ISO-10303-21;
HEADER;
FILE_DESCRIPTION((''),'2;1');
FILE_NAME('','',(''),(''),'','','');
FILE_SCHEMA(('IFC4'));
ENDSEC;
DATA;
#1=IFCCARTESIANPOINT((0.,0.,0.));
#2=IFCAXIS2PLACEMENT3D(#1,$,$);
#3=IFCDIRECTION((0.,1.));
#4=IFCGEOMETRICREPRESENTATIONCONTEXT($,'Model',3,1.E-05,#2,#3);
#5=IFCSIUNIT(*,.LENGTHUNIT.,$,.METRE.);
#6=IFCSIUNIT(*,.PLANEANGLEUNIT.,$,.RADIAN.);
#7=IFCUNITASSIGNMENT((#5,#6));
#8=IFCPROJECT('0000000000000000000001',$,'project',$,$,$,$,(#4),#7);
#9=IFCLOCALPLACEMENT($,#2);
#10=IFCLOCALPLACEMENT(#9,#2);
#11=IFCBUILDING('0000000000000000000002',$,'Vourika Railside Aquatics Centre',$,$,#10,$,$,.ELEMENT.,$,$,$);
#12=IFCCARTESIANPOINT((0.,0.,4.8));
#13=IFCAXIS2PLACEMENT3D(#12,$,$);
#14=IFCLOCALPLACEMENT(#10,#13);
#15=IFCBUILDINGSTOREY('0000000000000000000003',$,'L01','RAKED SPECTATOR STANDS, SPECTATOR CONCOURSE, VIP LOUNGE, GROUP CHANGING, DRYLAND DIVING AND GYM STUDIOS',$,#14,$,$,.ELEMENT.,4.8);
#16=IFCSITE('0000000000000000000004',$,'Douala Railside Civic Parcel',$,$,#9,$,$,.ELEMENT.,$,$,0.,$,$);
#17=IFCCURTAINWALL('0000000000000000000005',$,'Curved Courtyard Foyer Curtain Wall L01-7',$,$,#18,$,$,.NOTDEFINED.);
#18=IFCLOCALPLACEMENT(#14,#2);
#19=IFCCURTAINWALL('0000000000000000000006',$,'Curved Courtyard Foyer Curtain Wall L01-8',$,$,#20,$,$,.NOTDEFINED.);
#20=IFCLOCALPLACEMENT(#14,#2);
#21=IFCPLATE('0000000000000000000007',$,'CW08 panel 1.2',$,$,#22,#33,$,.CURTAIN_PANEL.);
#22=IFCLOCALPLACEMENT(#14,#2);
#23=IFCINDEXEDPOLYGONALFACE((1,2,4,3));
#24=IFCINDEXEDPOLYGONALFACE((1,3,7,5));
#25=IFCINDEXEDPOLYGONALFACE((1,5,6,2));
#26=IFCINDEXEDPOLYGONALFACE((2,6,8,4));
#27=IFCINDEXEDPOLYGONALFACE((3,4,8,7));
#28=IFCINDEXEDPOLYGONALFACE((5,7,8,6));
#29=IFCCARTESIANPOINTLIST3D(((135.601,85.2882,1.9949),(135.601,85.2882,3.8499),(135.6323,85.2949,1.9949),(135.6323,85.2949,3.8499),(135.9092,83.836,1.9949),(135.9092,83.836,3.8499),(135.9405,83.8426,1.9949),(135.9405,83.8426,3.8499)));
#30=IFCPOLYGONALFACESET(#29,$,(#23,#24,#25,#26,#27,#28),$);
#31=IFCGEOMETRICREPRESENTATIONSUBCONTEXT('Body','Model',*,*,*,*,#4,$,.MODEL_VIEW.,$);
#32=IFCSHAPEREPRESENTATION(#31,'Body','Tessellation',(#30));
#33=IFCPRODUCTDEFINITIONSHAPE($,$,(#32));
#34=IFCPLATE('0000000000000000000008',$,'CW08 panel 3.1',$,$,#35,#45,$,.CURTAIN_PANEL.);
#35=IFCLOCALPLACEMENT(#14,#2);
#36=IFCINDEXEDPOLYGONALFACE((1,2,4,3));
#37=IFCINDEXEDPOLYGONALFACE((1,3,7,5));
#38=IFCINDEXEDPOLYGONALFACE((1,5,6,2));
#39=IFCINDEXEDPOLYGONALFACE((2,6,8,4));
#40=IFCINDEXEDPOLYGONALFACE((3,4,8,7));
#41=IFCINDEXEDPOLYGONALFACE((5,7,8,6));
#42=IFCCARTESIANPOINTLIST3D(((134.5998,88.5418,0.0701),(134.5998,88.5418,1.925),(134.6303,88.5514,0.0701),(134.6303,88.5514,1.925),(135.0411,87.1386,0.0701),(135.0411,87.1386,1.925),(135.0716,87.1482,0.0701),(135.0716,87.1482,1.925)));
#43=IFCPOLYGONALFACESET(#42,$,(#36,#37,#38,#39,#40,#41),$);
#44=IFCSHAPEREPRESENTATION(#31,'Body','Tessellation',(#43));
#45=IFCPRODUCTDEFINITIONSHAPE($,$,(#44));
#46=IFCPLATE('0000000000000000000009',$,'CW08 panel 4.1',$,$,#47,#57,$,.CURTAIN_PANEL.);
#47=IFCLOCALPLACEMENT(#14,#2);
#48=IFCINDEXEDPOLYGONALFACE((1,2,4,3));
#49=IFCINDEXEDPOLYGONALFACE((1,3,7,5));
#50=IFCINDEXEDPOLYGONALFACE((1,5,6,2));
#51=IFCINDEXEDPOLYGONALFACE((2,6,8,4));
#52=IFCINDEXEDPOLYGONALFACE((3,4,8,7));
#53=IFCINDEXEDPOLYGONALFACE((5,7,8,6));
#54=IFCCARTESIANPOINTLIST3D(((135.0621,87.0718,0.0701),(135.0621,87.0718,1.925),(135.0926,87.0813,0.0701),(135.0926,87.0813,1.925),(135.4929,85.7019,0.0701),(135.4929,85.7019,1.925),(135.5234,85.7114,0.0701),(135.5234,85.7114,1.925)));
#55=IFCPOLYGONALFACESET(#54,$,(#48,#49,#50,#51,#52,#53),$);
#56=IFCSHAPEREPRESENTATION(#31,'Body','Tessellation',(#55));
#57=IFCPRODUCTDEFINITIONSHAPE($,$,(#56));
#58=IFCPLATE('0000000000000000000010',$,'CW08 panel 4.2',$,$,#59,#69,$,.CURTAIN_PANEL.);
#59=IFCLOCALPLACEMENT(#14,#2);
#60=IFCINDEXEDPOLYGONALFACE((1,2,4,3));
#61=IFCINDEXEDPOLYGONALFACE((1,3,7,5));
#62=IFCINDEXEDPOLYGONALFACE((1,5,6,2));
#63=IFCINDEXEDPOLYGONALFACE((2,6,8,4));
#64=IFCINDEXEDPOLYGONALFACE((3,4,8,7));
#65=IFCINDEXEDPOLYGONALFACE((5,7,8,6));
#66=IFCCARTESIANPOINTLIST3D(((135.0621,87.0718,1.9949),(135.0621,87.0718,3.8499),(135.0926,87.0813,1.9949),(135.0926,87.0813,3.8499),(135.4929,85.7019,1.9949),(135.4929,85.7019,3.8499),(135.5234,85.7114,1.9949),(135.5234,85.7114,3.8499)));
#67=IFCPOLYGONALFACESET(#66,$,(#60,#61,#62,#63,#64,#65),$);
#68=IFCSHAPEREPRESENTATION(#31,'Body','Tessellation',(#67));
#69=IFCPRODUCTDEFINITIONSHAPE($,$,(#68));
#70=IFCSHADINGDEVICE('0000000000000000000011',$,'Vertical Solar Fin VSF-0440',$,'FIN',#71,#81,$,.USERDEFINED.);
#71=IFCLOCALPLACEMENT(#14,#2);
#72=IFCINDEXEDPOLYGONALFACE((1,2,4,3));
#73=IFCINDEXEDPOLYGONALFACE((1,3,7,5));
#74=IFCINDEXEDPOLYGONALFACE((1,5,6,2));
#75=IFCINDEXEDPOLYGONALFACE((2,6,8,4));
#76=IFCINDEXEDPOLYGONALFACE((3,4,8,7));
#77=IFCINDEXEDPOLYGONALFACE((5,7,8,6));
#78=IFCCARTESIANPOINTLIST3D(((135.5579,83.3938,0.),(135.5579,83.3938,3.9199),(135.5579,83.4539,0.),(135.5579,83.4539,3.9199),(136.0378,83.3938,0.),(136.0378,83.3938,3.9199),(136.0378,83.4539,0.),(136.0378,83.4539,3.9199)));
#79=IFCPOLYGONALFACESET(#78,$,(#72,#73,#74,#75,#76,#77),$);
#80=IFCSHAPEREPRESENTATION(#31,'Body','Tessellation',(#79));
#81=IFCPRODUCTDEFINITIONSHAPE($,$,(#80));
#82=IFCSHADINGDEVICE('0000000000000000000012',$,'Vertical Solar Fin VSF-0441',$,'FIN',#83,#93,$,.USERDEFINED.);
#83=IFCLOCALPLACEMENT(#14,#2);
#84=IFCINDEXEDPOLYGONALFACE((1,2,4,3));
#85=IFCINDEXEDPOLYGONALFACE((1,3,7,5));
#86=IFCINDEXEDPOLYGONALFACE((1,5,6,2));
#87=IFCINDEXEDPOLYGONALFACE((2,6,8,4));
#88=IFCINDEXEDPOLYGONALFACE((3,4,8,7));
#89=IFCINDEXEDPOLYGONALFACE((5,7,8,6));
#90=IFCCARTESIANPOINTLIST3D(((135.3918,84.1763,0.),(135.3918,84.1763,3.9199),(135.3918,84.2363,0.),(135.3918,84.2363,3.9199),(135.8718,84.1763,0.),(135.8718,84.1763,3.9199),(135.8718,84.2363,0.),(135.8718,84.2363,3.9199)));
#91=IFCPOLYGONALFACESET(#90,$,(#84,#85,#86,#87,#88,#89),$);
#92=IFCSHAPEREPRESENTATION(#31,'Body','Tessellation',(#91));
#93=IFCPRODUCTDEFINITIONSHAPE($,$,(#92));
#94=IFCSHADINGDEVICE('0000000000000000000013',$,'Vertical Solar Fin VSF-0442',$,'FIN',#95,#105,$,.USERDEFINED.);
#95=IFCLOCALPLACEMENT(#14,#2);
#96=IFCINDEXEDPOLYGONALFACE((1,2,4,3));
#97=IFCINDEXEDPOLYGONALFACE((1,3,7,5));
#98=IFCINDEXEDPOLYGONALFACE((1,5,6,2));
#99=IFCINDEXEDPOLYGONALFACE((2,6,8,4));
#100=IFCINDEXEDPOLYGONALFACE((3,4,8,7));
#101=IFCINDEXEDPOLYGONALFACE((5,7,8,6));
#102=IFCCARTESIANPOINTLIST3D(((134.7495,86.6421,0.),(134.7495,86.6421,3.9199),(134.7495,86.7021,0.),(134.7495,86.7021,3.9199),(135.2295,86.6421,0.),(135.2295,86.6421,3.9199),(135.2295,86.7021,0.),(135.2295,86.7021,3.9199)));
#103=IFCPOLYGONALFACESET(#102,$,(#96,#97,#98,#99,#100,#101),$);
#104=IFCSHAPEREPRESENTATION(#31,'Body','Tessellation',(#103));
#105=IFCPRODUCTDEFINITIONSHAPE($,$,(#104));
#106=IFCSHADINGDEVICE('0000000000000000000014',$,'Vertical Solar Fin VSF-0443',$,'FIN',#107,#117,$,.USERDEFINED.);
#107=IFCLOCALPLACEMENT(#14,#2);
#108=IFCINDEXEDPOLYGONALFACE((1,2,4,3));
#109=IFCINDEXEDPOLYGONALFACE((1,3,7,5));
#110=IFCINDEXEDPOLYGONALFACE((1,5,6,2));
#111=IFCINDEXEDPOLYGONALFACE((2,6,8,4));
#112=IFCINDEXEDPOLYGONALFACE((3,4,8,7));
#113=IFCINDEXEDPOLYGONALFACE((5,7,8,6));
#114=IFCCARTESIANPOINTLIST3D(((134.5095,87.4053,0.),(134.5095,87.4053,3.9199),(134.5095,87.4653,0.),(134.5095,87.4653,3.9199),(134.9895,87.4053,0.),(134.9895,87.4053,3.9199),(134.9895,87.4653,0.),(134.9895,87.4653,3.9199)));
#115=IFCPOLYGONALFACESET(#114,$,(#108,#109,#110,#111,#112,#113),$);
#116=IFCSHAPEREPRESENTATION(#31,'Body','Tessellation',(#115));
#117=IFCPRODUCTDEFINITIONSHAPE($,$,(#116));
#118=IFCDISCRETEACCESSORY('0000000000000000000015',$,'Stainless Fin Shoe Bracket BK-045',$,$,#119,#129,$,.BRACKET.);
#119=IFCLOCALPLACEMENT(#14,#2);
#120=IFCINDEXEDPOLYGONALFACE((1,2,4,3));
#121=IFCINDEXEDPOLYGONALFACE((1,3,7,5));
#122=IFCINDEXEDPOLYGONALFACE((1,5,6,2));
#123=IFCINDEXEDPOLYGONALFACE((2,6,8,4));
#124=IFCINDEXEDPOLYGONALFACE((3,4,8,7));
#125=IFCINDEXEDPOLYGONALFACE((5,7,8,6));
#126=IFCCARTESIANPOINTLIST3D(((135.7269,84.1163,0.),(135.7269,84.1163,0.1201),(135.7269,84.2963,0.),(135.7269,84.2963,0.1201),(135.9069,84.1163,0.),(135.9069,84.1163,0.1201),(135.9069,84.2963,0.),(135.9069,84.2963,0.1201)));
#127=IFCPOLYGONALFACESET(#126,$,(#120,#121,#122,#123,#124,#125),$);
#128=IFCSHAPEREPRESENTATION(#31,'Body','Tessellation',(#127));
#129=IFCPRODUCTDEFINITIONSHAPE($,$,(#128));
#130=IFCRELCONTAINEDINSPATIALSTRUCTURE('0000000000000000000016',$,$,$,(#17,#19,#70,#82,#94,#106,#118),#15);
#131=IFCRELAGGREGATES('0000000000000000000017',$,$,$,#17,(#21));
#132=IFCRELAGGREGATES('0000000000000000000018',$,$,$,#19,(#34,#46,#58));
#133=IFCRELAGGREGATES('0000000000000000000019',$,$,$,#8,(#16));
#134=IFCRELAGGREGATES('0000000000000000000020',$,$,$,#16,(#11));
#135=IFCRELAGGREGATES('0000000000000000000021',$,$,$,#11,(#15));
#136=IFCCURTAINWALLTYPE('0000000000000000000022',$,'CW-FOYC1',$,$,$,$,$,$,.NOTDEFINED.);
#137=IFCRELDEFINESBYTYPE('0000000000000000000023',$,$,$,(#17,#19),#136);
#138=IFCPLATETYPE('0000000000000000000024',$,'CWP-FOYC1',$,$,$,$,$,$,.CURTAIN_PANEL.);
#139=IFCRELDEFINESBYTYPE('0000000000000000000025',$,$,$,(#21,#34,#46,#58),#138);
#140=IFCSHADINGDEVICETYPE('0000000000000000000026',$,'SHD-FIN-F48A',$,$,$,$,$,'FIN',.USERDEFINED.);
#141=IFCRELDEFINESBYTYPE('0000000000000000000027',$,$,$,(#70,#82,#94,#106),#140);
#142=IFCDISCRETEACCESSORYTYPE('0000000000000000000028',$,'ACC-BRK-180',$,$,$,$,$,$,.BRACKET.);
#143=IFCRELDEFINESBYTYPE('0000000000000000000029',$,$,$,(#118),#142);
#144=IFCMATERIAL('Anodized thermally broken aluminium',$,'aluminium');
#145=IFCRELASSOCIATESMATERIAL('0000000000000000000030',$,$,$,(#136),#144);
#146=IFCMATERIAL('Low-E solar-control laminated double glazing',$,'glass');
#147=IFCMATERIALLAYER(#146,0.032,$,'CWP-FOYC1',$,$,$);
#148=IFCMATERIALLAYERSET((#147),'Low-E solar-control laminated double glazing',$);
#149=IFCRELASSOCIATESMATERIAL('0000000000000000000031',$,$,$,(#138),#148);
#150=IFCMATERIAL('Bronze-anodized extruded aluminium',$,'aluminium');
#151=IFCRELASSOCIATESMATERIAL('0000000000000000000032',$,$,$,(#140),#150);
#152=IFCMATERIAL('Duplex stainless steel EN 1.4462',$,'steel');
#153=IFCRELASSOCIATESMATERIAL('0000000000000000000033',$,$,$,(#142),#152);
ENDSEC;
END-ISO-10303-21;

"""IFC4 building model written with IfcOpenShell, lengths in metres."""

from ifc_helpers import new_model, si_unit, direction, frame, origin, origin_2d, place, context, subcontext, project, spatial, rectangle, extrude, material, layer, layer_set, material_profile, profile_set, type_object, element, aggregate, save


model = new_model("IFC4")

# Units and contexts
model_context = context("Model", 3, precision=1e-05, world=origin(), true_north=direction((0.0, 1.0)))
body_context = subcontext(model_context, "Body", "Model", "MODEL_VIEW")
ifc_project = project(units=[si_unit("LENGTHUNIT", "METRE"), si_unit("PLANEANGLEUNIT", "RADIAN")], contexts=[model_context])

# Site, building, storey
site_placement = place(None, origin())
site = spatial("IfcSite", under=ifc_project, at=site_placement, Name="Douala Railside Civic Parcel", CompositionType="ELEMENT", RefElevation=0.0)
building_placement = place(site_placement, origin())
building = spatial("IfcBuilding", under=site, at=building_placement, Name="Vourika Railside Aquatics Centre", CompositionType="ELEMENT")
storey_placement = place(building_placement, frame((0.0, 0.0, 4.8)))
storey = spatial("IfcBuildingStorey", under=building, at=storey_placement, Name="L01", Description="RAKED SPECTATOR STANDS, SPECTATOR CONCOURSE, VIP LOUNGE, GROUP CHANGING, DRYLAND DIVING AND GYM STUDIOS", CompositionType="ELEMENT", Elevation=4.8)

# Curtain walls
ifc_material_1 = material(Name="Anodized thermally broken aluminium", Category="aluminium")
curtain_wall_type = type_object("IfcCurtainWallType", Name="CW-FOYC1", PredefinedType="NOTDEFINED", material=ifc_material_1)
curtain_wall_1_placement = place(storey_placement, origin())
curtain_wall_1 = element("IfcCurtainWall", 1, at=curtain_wall_1_placement, inside=storey, type_object=curtain_wall_type, Name="Curved Courtyard Foyer Curtain Wall L01-7", PredefinedType="NOTDEFINED")
curtain_wall_2_placement = place(storey_placement, origin())
curtain_wall_2 = element("IfcCurtainWall", 2, at=curtain_wall_2_placement, inside=storey, type_object=curtain_wall_type, Name="Curved Courtyard Foyer Curtain Wall L01-8", PredefinedType="NOTDEFINED")

# Plates
ifc_material_2 = material(Name="Low-E solar-control laminated double glazing", Category="glass")
ifc_layer = layer(ifc_material_2, 0.032, Name="CWP-FOYC1")
ifc_layer_set = layer_set([ifc_layer], Name="Low-E solar-control laminated double glazing")
plate_type = type_object("IfcPlateType", Name="CWP-FOYC1", PredefinedType="CURTAIN_PANEL", material=ifc_layer_set)
plate_1_placement = place(storey_placement, frame((135.7708, 84.5654, 1.9949), z_axis=(0.0, 0.0, 1.0), x_axis=(0.207595, -0.978215, 0.0)))
plate_1 = element("IfcPlate", 3, at=plate_1_placement, type_object=plate_type, Name="CW08 panel 1.2", PredefinedType="CURTAIN_PANEL", context=body_context, shape_type="SweptSolid", body=[
    extrude(rectangle(XDim=1.4846, YDim=0.032, at=origin_2d()), origin(), (0.0, 0.0, 1.0), 1.855),
])
aggregate(curtain_wall_1, [plate_1])
plate_2_placement = place(storey_placement, frame((134.8357, 87.845, 0.0701), z_axis=(0.0, 0.0, 1.0), x_axis=(0.299974, -0.953947, 0.0)))
plate_2 = element("IfcPlate", 4, at=plate_2_placement, type_object=plate_type, Name="CW08 panel 3.1", PredefinedType="CURTAIN_PANEL", context=body_context, shape_type="SweptSolid", body=[
    extrude(rectangle(XDim=1.4709, YDim=0.032, at=origin_2d()), origin(), (0.0, 0.0, 1.0), 1.855),
])
plate_3_placement = place(storey_placement, frame((135.2927, 86.3916, 0.0701), z_axis=(0.0, 0.0, 1.0), x_axis=(0.299974, -0.953947, 0.0)))
plate_3 = element("IfcPlate", 5, at=plate_3_placement, type_object=plate_type, Name="CW08 panel 4.1", PredefinedType="CURTAIN_PANEL", context=body_context, shape_type="SweptSolid", body=[
    extrude(rectangle(XDim=1.436, YDim=0.032, at=origin_2d()), origin(), (0.0, 0.0, 1.0), 1.855),
])
plate_4_placement = place(storey_placement, frame((135.2927, 86.3916, 1.9949), z_axis=(0.0, 0.0, 1.0), x_axis=(0.299974, -0.953947, 0.0)))
plate_4 = element("IfcPlate", 6, at=plate_4_placement, type_object=plate_type, Name="CW08 panel 4.2", PredefinedType="CURTAIN_PANEL", context=body_context, shape_type="SweptSolid", body=[
    extrude(rectangle(XDim=1.436, YDim=0.032, at=origin_2d()), origin(), (0.0, 0.0, 1.0), 1.855),
])
aggregate(curtain_wall_2, [plate_2, plate_3, plate_4])

# Shading devices
ifc_material_3 = material(Name="Bronze-anodized extruded aluminium", Category="aluminium")
ifc_material_profile_1 = material_profile(ifc_material_3, rectangle(XDim=0.0601, YDim=0.48, at=origin_2d()), Name="ALU-FIN 60x480")
ifc_profile_set_1 = profile_set([ifc_material_profile_1], Name="Bronze-anodized extruded aluminium")
shading_device_type = type_object("IfcShadingDeviceType", Name="SHD-FIN-F48A", ElementType="FIN", PredefinedType="USERDEFINED", material=ifc_profile_set_1)
for number, where, z_axis, x_axis, name in (
    (7, (135.7979, 83.4238, 0.0), (0.0, 0.0, 1.0), (0.0, 1.0, 0.0), "Vertical Solar Fin VSF-0440"),
    (8, (135.6318, 84.2063, 0.0), (0.0, 0.0, 1.0), (0.0, 1.0, 0.0), "Vertical Solar Fin VSF-0441"),
    (9, (134.9895, 86.6721, 0.0), (0.0, 0.0, 1.0), (0.0, 1.0, 0.0), "Vertical Solar Fin VSF-0442"),
    (10, (134.7495, 87.4353, 0.0), (0.0, 0.0, 1.0), (0.0, 1.0, 0.0), "Vertical Solar Fin VSF-0443"),
):
    element("IfcShadingDevice", number, at=place(storey_placement, frame(where, z_axis=z_axis, x_axis=x_axis)), inside=storey, type_object=shading_device_type, Name=name, ObjectType="FIN", PredefinedType="USERDEFINED", context=body_context, shape_type="SweptSolid", body=[
        extrude(rectangle(XDim=0.0601, YDim=0.48, at=origin_2d()), origin(), (0.0, 0.0, 1.0), 3.9199),
    ])

# Discrete accessory
ifc_material_4 = material(Name="Duplex stainless steel EN 1.4462", Category="steel")
discrete_accessory_type = type_object("IfcDiscreteAccessoryType", Name="ACC-BRK-180", PredefinedType="BRACKET", material=ifc_material_4)
discrete_accessory_placement = place(storey_placement, frame((135.8169, 84.2063, 0.0), z_axis=(0.0, 0.0, 1.0), x_axis=(-1.0, 0.0, 0.0)))
element("IfcDiscreteAccessory", 11, at=discrete_accessory_placement, inside=storey, type_object=discrete_accessory_type, Name="Stainless Fin Shoe Bracket BK-045", PredefinedType="BRACKET", context=body_context, shape_type="SweptSolid", body=[
    extrude(rectangle(XDim=0.1799, YDim=0.1799, at=origin_2d()), origin(), (0.0, 0.0, 1.0), 0.1201),
])

save(model, "model.ifc")
